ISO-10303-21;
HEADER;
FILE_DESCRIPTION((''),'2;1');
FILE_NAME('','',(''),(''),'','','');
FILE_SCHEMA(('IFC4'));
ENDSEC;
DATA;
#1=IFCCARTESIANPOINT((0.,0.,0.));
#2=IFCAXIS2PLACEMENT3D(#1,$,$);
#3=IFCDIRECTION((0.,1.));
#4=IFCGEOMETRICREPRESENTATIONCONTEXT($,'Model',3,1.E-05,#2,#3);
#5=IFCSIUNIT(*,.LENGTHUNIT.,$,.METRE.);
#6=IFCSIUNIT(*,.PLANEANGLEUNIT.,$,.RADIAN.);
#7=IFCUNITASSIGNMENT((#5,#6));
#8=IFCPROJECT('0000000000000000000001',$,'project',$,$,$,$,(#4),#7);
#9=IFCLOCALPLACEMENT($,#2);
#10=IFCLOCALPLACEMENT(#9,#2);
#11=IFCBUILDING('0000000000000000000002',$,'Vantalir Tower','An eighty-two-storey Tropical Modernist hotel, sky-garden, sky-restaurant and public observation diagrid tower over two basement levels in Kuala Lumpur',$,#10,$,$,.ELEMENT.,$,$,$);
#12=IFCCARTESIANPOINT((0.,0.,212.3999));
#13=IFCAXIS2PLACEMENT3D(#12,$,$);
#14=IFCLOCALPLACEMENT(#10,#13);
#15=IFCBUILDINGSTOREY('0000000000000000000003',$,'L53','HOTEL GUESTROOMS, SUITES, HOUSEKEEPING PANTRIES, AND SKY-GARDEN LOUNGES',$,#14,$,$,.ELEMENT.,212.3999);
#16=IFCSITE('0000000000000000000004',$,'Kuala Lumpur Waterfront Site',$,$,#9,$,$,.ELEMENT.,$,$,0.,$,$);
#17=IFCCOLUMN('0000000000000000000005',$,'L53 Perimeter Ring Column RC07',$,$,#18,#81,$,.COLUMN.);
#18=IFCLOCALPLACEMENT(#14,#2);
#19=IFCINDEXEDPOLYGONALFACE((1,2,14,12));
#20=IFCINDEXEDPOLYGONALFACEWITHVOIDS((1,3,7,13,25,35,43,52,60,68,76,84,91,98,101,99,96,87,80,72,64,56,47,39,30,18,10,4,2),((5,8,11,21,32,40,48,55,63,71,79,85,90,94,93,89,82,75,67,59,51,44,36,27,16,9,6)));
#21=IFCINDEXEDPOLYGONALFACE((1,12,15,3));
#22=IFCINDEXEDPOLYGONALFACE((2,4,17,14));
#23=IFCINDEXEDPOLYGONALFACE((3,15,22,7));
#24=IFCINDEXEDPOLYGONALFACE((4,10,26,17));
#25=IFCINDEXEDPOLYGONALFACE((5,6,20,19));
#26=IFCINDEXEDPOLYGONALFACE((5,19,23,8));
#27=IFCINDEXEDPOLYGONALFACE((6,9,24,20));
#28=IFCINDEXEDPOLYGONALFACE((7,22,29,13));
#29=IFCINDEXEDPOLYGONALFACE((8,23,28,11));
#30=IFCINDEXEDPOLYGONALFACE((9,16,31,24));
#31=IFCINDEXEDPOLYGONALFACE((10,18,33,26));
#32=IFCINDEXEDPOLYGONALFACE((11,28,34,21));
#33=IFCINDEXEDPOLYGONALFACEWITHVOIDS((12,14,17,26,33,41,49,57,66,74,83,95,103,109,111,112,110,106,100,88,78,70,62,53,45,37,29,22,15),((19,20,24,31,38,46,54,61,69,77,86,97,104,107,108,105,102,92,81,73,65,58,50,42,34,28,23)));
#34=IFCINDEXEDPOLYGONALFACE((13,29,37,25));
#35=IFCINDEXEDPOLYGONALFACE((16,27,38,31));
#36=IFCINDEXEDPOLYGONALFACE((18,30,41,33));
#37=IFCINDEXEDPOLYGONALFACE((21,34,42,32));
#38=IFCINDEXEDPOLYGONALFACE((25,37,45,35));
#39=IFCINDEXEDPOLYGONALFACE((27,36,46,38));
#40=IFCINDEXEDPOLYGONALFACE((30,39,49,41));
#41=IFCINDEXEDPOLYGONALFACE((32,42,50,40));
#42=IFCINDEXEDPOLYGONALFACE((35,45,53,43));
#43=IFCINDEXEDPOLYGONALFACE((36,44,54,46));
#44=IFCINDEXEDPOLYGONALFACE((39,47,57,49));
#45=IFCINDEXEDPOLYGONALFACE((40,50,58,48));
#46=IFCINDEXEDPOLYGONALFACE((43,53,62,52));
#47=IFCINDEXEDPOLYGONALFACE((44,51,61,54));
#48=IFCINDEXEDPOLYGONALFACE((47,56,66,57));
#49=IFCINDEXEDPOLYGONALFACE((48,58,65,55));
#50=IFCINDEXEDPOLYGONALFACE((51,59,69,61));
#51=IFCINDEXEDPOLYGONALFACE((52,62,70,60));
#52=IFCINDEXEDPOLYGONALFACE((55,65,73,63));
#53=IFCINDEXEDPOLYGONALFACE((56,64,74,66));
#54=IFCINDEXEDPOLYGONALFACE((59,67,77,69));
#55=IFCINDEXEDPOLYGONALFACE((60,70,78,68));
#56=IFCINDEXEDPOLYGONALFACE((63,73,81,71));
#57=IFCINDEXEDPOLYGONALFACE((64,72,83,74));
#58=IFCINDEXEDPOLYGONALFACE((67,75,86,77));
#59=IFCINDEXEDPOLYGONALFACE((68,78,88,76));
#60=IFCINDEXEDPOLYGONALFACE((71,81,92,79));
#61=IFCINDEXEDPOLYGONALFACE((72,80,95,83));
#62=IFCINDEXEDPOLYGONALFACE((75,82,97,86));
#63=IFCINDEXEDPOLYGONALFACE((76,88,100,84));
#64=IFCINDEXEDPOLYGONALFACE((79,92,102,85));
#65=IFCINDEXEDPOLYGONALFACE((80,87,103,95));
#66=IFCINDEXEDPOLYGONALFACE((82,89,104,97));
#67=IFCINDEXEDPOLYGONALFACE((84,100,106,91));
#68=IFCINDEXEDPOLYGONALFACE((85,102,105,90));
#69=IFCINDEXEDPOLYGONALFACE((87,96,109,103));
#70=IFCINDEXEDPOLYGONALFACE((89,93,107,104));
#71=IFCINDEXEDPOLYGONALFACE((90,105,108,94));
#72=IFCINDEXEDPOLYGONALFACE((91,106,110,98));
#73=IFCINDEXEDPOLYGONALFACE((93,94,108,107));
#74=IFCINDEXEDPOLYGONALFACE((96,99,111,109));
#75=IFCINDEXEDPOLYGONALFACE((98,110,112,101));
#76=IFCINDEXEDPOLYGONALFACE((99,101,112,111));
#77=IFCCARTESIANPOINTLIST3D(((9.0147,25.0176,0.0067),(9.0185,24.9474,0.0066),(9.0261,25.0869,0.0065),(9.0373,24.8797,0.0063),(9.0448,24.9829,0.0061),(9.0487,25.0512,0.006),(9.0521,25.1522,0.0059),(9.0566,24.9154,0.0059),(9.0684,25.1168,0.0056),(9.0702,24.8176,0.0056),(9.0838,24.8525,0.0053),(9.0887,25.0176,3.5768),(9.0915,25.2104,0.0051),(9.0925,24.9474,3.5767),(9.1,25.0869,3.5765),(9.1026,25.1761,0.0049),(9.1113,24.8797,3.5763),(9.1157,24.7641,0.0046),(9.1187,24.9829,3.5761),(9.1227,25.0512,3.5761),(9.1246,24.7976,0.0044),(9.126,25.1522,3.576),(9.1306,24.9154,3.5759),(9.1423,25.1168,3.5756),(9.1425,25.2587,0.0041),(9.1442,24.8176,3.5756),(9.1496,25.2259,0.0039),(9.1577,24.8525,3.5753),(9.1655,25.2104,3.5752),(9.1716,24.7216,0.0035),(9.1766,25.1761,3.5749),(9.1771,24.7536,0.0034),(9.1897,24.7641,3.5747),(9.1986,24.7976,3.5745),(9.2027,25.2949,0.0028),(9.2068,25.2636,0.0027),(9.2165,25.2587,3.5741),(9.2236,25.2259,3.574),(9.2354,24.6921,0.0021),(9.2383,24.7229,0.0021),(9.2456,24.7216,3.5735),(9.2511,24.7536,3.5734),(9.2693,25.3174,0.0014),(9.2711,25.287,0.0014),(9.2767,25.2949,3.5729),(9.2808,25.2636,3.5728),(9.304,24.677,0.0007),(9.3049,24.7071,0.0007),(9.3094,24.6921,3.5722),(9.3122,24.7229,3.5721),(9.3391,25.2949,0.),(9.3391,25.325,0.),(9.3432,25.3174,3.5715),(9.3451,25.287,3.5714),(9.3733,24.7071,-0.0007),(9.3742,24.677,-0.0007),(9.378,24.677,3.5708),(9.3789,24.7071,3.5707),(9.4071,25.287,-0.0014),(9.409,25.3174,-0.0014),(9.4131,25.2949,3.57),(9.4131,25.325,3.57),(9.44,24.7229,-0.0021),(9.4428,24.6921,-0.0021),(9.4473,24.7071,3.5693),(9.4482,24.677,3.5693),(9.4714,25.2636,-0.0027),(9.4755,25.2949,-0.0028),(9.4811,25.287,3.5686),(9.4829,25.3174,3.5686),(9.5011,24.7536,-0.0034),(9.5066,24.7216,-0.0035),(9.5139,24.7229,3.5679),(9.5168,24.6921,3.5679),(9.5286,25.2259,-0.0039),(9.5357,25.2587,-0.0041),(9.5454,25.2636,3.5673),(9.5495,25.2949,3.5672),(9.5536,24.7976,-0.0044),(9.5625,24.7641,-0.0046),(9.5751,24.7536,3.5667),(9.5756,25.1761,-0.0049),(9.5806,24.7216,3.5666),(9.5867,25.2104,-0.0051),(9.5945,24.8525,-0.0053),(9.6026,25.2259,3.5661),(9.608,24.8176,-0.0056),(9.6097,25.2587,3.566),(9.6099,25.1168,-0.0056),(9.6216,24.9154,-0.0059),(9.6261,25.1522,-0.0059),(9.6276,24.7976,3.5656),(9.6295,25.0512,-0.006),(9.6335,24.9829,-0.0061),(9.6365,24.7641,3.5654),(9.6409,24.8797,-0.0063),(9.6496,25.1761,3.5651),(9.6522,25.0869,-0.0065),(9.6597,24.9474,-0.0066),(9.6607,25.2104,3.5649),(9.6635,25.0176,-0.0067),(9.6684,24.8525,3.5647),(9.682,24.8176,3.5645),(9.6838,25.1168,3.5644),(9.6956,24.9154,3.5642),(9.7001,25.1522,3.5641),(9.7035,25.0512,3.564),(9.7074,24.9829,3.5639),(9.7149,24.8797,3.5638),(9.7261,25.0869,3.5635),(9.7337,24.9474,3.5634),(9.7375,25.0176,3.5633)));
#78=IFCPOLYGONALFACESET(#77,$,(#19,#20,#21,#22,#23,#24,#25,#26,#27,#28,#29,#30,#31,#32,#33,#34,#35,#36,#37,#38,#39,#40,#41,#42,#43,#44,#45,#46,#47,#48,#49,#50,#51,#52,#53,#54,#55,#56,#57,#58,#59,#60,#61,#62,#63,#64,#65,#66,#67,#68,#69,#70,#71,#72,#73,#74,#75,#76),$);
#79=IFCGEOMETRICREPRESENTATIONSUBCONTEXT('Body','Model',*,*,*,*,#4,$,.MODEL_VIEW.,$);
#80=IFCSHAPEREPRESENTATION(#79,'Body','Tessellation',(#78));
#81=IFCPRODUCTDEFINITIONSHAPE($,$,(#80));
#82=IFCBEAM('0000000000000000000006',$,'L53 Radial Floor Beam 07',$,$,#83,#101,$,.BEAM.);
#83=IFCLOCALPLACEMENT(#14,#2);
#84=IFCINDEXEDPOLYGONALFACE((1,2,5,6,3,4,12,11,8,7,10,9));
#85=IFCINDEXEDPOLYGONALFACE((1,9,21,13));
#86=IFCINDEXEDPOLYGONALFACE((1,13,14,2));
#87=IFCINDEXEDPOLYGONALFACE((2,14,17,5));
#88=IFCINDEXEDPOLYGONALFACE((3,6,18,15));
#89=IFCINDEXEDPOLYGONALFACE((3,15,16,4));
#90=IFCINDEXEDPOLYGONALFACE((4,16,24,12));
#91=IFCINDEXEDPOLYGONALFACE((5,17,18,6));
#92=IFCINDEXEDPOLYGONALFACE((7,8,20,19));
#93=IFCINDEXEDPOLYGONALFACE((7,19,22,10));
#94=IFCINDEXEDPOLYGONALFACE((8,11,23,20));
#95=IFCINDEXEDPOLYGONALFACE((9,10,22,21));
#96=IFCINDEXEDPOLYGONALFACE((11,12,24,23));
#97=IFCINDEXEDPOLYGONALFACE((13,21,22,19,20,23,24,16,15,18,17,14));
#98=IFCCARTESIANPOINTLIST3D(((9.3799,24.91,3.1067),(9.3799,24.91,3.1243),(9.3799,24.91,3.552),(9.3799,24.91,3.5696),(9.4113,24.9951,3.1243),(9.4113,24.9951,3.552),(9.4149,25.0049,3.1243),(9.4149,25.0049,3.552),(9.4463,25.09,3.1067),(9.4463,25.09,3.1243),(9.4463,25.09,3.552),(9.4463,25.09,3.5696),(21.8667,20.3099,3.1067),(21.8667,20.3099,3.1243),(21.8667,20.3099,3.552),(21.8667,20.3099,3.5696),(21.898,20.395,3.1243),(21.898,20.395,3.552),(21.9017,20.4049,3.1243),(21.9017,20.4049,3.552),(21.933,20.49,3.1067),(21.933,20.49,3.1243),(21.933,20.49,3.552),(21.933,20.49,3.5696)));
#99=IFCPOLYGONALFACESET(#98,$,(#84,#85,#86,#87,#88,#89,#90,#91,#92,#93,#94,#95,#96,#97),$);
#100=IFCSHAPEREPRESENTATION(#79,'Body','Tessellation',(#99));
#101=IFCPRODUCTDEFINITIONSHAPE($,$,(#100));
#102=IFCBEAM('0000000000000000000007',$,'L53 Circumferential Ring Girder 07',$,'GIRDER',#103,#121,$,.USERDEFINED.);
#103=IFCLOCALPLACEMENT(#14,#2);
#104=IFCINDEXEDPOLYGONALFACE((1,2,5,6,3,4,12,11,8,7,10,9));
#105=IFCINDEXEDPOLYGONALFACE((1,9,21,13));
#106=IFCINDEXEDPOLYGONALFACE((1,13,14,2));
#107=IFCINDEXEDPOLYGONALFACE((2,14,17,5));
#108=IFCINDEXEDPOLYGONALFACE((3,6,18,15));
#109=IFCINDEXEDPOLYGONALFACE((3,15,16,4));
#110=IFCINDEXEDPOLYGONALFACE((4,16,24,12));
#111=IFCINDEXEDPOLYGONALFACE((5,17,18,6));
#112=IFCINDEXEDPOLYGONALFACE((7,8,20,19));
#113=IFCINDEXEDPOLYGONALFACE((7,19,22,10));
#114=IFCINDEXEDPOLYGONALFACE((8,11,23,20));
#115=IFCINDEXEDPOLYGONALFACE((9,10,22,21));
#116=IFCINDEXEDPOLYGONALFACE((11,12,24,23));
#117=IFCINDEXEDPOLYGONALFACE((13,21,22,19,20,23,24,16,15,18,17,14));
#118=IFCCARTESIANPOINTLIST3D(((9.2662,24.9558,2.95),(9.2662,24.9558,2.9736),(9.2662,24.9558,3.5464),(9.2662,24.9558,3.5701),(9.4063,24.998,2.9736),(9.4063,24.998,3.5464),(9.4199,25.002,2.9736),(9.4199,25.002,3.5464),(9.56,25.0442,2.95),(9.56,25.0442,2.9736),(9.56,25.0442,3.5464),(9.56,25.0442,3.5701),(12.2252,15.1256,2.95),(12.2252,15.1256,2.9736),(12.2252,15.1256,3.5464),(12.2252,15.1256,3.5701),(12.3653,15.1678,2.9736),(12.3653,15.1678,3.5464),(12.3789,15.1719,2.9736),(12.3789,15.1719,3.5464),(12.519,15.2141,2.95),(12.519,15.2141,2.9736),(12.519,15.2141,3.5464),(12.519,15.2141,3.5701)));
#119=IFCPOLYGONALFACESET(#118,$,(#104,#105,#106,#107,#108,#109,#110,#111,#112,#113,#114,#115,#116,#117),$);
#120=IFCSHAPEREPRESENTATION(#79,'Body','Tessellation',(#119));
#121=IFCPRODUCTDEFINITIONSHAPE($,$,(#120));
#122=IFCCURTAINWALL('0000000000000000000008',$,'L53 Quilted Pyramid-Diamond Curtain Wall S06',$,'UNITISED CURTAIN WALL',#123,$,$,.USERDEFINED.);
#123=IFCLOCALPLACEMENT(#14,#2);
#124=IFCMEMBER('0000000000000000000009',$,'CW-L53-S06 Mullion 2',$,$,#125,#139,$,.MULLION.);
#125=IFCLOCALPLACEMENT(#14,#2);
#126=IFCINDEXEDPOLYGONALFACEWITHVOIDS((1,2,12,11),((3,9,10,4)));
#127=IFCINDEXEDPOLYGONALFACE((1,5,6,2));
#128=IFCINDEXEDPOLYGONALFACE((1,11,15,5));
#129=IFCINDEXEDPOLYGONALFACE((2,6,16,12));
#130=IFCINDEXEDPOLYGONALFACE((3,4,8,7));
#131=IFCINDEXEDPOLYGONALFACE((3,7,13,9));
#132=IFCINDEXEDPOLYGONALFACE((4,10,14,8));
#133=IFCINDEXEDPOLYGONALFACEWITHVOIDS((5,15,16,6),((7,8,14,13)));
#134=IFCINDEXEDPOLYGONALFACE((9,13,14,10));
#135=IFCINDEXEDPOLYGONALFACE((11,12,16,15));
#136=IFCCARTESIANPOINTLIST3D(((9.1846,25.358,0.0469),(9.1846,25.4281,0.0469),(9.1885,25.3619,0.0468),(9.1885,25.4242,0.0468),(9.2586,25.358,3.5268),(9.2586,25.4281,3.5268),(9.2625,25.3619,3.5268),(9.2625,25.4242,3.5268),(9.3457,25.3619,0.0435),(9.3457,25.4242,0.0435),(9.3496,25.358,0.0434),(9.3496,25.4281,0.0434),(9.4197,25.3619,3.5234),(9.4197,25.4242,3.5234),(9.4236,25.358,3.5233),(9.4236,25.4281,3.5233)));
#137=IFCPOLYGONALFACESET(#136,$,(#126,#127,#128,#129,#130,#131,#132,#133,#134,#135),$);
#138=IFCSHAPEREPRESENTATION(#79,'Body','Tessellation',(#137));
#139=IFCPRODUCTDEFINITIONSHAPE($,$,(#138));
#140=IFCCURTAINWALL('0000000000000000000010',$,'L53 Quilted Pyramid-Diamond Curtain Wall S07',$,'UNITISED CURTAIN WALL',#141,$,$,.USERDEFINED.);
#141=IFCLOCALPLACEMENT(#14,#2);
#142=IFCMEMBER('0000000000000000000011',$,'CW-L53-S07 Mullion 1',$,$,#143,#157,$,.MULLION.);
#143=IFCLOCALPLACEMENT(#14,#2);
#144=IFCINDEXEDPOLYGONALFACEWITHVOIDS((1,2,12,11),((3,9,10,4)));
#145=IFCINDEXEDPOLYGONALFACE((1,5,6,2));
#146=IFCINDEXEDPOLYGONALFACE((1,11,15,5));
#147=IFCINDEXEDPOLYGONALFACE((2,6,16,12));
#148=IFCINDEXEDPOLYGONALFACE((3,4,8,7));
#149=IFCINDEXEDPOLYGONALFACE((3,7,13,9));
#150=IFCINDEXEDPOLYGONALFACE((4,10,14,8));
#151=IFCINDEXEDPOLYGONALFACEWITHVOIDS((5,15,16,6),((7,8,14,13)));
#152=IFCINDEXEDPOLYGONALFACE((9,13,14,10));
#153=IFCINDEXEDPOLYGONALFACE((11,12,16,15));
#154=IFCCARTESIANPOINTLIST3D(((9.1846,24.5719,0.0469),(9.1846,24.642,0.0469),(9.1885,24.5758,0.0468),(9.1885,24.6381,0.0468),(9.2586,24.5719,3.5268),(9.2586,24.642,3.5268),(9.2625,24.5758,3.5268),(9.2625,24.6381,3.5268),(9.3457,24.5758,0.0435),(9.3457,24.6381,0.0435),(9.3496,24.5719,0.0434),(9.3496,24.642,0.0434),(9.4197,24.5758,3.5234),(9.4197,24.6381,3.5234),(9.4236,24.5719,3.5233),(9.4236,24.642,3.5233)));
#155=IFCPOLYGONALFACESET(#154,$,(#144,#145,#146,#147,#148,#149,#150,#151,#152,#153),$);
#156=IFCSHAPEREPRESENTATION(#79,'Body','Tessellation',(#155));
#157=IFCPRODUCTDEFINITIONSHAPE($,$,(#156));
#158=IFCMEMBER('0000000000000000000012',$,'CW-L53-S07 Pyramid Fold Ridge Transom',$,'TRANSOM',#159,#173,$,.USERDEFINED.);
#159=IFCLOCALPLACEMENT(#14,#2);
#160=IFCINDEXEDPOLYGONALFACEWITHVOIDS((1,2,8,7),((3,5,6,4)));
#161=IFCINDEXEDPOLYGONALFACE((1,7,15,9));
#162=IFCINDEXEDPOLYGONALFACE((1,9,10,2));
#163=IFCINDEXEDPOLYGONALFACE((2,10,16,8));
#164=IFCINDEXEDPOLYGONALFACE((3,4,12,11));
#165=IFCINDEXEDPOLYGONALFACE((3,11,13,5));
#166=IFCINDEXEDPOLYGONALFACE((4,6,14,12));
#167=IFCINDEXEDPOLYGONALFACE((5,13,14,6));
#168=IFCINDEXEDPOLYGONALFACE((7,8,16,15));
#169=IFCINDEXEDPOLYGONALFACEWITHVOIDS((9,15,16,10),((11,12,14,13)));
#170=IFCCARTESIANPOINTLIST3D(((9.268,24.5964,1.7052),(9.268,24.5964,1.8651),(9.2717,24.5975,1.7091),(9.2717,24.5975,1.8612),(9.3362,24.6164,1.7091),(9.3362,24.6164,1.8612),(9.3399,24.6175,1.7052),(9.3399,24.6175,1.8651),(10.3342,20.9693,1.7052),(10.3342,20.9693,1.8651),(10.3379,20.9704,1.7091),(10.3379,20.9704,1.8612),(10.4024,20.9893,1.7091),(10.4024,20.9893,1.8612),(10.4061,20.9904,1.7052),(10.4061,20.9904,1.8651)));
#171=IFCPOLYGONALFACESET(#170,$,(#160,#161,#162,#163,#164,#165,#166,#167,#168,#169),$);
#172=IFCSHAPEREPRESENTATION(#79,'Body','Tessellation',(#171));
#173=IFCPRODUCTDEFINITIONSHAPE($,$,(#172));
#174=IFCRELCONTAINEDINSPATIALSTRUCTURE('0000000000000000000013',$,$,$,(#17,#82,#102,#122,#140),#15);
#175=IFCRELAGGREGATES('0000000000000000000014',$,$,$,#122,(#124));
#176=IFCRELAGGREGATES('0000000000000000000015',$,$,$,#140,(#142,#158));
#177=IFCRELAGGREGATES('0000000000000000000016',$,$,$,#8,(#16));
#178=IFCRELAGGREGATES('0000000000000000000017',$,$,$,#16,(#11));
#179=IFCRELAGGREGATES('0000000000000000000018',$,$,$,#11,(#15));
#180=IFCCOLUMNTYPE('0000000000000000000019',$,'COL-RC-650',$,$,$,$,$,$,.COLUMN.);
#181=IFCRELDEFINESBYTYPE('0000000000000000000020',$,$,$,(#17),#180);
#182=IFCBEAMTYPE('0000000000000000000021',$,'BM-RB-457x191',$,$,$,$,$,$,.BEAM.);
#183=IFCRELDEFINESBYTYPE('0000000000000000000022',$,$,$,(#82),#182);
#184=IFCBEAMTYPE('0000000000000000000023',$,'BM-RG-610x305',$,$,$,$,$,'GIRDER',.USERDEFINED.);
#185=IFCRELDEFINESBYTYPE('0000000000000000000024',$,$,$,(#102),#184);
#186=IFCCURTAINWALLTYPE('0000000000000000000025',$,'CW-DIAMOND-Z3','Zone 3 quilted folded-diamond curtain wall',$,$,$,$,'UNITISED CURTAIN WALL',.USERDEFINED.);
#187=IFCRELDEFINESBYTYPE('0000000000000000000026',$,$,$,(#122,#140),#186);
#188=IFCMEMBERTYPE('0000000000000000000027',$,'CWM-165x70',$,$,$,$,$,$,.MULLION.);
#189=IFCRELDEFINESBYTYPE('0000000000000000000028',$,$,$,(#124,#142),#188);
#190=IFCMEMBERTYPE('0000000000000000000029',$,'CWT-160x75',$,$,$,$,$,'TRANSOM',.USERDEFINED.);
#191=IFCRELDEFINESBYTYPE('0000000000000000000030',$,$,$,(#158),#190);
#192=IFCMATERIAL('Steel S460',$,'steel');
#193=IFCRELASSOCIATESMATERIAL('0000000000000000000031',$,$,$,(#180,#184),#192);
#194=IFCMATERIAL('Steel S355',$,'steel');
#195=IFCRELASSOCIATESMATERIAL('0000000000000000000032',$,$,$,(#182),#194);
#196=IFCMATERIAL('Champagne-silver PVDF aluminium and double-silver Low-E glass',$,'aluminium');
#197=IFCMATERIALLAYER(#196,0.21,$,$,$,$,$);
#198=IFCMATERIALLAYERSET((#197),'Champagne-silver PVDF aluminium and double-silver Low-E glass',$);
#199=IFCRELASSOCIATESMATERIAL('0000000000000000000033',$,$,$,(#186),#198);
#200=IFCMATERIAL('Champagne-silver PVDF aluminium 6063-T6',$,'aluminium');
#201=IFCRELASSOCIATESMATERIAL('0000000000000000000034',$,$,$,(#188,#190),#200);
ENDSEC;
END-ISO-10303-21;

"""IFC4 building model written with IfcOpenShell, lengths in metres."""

from ifc_helpers import new_model, si_unit, direction, frame, origin, origin_2d, place, context, subcontext, project, spatial, hollow_rectangle, hollow_circle, i_section, extrude, material, layer, layer_set, material_profile, profile_set, type_object, element, aggregate, save


model = new_model("IFC4")

# Units and contexts
model_context = context("Model", 3, precision=1e-05, world=origin(), true_north=direction((0.0, 1.0)))
body_context = subcontext(model_context, "Body", "Model", "MODEL_VIEW")
ifc_project = project(units=[si_unit("LENGTHUNIT", "METRE"), si_unit("PLANEANGLEUNIT", "RADIAN")], contexts=[model_context])

# Site, building, storey
site_placement = place(None, origin())
site = spatial("IfcSite", under=ifc_project, at=site_placement, Name="Kuala Lumpur Waterfront Site", CompositionType="ELEMENT", RefElevation=0.0)
building_placement = place(site_placement, origin())
building = spatial("IfcBuilding", under=site, at=building_placement, Name="Vantalir Tower", Description="An eighty-two-storey Tropical Modernist hotel, sky-garden, sky-restaurant and public observation diagrid tower over two basement levels in Kuala Lumpur", CompositionType="ELEMENT")
storey_placement = place(building_placement, frame((0.0, 0.0, 212.3999)))
storey = spatial("IfcBuildingStorey", under=building, at=storey_placement, Name="L53", Description="HOTEL GUESTROOMS, SUITES, HOUSEKEEPING PANTRIES, AND SKY-GARDEN LOUNGES", CompositionType="ELEMENT", Elevation=212.3999)

# Column
ifc_material_1 = material(Name="Steel S460", Category="steel")
ifc_material_profile_1 = material_profile(ifc_material_1, hollow_circle(Radius=0.325, WallThickness=0.03, at=origin_2d()), Name="Steel S460")
ifc_profile_set_1 = profile_set([ifc_material_profile_1], Name="Steel S460")
column_type = type_object("IfcColumnType", Name="COL-RC-650", PredefinedType="COLUMN", material=ifc_profile_set_1)
column_placement = place(storey_placement, frame((9.3391, 25.0, 0.0), z_axis=(0.020716, 0.0, 0.999785), x_axis=(0.0, 1.0, 0.0)))
element("IfcColumn", 1, at=column_placement, inside=storey, type_object=column_type, Name="L53 Perimeter Ring Column RC07", PredefinedType="COLUMN", context=body_context, shape_type="SweptSolid", body=[
    extrude(hollow_circle(Radius=0.325, WallThickness=0.03, at=origin_2d()), origin(), (0.0, 0.0, 1.0), 3.5708),
])

# Beams
ifc_material_2 = material(Name="Steel S355", Category="steel")
ifc_material_profile_2 = material_profile(ifc_material_2, i_section(OverallWidth=0.1919, OverallDepth=0.4629, WebThickness=0.0105, FlangeThickness=0.0176, at=origin_2d()), Name="Steel S355")
ifc_profile_set_2 = profile_set([ifc_material_profile_2], Name="Steel S355")
beam_type_1 = type_object("IfcBeamType", Name="BM-RB-457x191", PredefinedType="BEAM", material=ifc_profile_set_2)
beam_1_placement = place(storey_placement, frame((9.4131, 25.0, 3.3381), z_axis=(0.938351, -0.345685, 0.0), x_axis=(0.345685, 0.938351, 0.0)))
element("IfcBeam", 2, at=beam_1_placement, inside=storey, type_object=beam_type_1, Name="L53 Radial Floor Beam 07", PredefinedType="BEAM", context=body_context, shape_type="SweptSolid", body=[
    extrude(i_section(OverallWidth=0.1919, OverallDepth=0.4629, WebThickness=0.0105, FlangeThickness=0.0176, at=origin_2d()), origin(), (0.0, 0.0, 1.0), 13.3071),
])
ifc_material_profile_3 = material_profile(ifc_material_1, i_section(OverallWidth=0.3069, OverallDepth=0.6201, WebThickness=0.0142, FlangeThickness=0.0237, at=origin_2d()), Name="Steel S460")
ifc_profile_set_3 = profile_set([ifc_material_profile_3], Name="Steel S460")
beam_type_2 = type_object("IfcBeamType", Name="BM-RG-610x305", ElementType="GIRDER", PredefinedType="USERDEFINED", material=ifc_profile_set_3)
beam_2_placement = place(storey_placement, frame((9.4131, 25.0, 3.26), z_axis=(0.288238, -0.957559, 0.0), x_axis=(0.957559, 0.288238, 0.0)))
element("IfcBeam", 3, at=beam_2_placement, inside=storey, type_object=beam_type_2, Name="L53 Circumferential Ring Girder 07", ObjectType="GIRDER", PredefinedType="USERDEFINED", context=body_context, shape_type="SweptSolid", body=[
    extrude(i_section(OverallWidth=0.3069, OverallDepth=0.6201, WebThickness=0.0142, FlangeThickness=0.0237, at=origin_2d()), origin(), (0.0, 0.0, 1.0), 10.2659),
])

# Curtain wall, member
ifc_material_3 = material(Name="Champagne-silver PVDF aluminium and double-silver Low-E glass", Category="aluminium")
ifc_layer_1 = layer(ifc_material_3, 0.21)
ifc_layer_set_1 = layer_set([ifc_layer_1], Name="Champagne-silver PVDF aluminium and double-silver Low-E glass")
curtain_wall_type = type_object("IfcCurtainWallType", Name="CW-DIAMOND-Z3", Description="Zone 3 quilted folded-diamond curtain wall", ElementType="UNITISED CURTAIN WALL", PredefinedType="USERDEFINED", material=ifc_layer_set_1)
curtain_wall_1_placement = place(storey_placement, origin())
curtain_wall_1 = element("IfcCurtainWall", 4, at=curtain_wall_1_placement, inside=storey, type_object=curtain_wall_type, Name="L53 Quilted Pyramid-Diamond Curtain Wall S06", ObjectType="UNITISED CURTAIN WALL", PredefinedType="USERDEFINED")
ifc_material_4 = material(Name="Champagne-silver PVDF aluminium 6063-T6", Category="aluminium")
ifc_material_profile_4 = material_profile(ifc_material_4, hollow_rectangle(XDim=0.0701, YDim=0.165, WallThickness=0.0039, at=origin_2d()), Name="Champagne-silver PVDF aluminium 6063-T6")
ifc_profile_set_4 = profile_set([ifc_material_profile_4], Name="Champagne-silver PVDF aluminium 6063-T6")
member_type_1 = type_object("IfcMemberType", Name="CWM-165x70", PredefinedType="MULLION", material=ifc_profile_set_4)
member_1_placement = place(storey_placement, frame((9.2671, 25.3931, 0.0452), z_axis=(0.021252, 0.0, 0.999774), x_axis=(0.0, 1.0, 0.0)))
member_1 = element("IfcMember", 5, at=member_1_placement, type_object=member_type_1, Name="CW-L53-S06 Mullion 2", PredefinedType="MULLION", context=body_context, shape_type="SweptSolid", body=[
    extrude(hollow_rectangle(XDim=0.0701, YDim=0.165, WallThickness=0.0039, at=origin_2d()), origin(), (0.0, 0.0, 1.0), 3.4807),
])

# Curtain wall, members
curtain_wall_2_placement = place(storey_placement, origin())
curtain_wall_2 = element("IfcCurtainWall", 6, at=curtain_wall_2_placement, inside=storey, type_object=curtain_wall_type, Name="L53 Quilted Pyramid-Diamond Curtain Wall S07", ObjectType="UNITISED CURTAIN WALL", PredefinedType="USERDEFINED")
member_2_placement = place(storey_placement, frame((9.2671, 24.6069, 0.0452), z_axis=(0.021252, 0.0, 0.999774), x_axis=(0.0, 1.0, 0.0)))
member_2 = element("IfcMember", 7, at=member_2_placement, type_object=member_type_1, Name="CW-L53-S07 Mullion 1", PredefinedType="MULLION", context=body_context, shape_type="SweptSolid", body=[
    extrude(hollow_rectangle(XDim=0.0701, YDim=0.165, WallThickness=0.0039, at=origin_2d()), origin(), (0.0, 0.0, 1.0), 3.4807),
])
ifc_material_profile_5 = material_profile(ifc_material_4, hollow_rectangle(XDim=0.075, YDim=0.1599, WallThickness=0.0039, at=origin_2d()), Name="Champagne-silver PVDF aluminium 6063-T6")
ifc_profile_set_5 = profile_set([ifc_material_profile_5], Name="Champagne-silver PVDF aluminium 6063-T6")
member_type_2 = type_object("IfcMemberType", Name="CWT-160x75", ElementType="TRANSOM", PredefinedType="USERDEFINED", material=ifc_profile_set_5)
member_3_placement = place(storey_placement, frame((9.304, 24.6069, 1.7852), z_axis=(0.282023, -0.959408, 0.0), x_axis=(0.959408, 0.282023, 0.0)))
member_3 = element("IfcMember", 8, at=member_3_placement, type_object=member_type_2, Name="CW-L53-S07 Pyramid Fold Ridge Transom", ObjectType="TRANSOM", PredefinedType="USERDEFINED", context=body_context, shape_type="SweptSolid", body=[
    extrude(hollow_rectangle(XDim=0.075, YDim=0.1599, WallThickness=0.0039, at=origin_2d()), origin(), (0.0, 0.0, 1.0), 3.7805),
])

aggregate(curtain_wall_1, [member_1])
aggregate(curtain_wall_2, [member_2, member_3])

save(model, "model.ifc")
